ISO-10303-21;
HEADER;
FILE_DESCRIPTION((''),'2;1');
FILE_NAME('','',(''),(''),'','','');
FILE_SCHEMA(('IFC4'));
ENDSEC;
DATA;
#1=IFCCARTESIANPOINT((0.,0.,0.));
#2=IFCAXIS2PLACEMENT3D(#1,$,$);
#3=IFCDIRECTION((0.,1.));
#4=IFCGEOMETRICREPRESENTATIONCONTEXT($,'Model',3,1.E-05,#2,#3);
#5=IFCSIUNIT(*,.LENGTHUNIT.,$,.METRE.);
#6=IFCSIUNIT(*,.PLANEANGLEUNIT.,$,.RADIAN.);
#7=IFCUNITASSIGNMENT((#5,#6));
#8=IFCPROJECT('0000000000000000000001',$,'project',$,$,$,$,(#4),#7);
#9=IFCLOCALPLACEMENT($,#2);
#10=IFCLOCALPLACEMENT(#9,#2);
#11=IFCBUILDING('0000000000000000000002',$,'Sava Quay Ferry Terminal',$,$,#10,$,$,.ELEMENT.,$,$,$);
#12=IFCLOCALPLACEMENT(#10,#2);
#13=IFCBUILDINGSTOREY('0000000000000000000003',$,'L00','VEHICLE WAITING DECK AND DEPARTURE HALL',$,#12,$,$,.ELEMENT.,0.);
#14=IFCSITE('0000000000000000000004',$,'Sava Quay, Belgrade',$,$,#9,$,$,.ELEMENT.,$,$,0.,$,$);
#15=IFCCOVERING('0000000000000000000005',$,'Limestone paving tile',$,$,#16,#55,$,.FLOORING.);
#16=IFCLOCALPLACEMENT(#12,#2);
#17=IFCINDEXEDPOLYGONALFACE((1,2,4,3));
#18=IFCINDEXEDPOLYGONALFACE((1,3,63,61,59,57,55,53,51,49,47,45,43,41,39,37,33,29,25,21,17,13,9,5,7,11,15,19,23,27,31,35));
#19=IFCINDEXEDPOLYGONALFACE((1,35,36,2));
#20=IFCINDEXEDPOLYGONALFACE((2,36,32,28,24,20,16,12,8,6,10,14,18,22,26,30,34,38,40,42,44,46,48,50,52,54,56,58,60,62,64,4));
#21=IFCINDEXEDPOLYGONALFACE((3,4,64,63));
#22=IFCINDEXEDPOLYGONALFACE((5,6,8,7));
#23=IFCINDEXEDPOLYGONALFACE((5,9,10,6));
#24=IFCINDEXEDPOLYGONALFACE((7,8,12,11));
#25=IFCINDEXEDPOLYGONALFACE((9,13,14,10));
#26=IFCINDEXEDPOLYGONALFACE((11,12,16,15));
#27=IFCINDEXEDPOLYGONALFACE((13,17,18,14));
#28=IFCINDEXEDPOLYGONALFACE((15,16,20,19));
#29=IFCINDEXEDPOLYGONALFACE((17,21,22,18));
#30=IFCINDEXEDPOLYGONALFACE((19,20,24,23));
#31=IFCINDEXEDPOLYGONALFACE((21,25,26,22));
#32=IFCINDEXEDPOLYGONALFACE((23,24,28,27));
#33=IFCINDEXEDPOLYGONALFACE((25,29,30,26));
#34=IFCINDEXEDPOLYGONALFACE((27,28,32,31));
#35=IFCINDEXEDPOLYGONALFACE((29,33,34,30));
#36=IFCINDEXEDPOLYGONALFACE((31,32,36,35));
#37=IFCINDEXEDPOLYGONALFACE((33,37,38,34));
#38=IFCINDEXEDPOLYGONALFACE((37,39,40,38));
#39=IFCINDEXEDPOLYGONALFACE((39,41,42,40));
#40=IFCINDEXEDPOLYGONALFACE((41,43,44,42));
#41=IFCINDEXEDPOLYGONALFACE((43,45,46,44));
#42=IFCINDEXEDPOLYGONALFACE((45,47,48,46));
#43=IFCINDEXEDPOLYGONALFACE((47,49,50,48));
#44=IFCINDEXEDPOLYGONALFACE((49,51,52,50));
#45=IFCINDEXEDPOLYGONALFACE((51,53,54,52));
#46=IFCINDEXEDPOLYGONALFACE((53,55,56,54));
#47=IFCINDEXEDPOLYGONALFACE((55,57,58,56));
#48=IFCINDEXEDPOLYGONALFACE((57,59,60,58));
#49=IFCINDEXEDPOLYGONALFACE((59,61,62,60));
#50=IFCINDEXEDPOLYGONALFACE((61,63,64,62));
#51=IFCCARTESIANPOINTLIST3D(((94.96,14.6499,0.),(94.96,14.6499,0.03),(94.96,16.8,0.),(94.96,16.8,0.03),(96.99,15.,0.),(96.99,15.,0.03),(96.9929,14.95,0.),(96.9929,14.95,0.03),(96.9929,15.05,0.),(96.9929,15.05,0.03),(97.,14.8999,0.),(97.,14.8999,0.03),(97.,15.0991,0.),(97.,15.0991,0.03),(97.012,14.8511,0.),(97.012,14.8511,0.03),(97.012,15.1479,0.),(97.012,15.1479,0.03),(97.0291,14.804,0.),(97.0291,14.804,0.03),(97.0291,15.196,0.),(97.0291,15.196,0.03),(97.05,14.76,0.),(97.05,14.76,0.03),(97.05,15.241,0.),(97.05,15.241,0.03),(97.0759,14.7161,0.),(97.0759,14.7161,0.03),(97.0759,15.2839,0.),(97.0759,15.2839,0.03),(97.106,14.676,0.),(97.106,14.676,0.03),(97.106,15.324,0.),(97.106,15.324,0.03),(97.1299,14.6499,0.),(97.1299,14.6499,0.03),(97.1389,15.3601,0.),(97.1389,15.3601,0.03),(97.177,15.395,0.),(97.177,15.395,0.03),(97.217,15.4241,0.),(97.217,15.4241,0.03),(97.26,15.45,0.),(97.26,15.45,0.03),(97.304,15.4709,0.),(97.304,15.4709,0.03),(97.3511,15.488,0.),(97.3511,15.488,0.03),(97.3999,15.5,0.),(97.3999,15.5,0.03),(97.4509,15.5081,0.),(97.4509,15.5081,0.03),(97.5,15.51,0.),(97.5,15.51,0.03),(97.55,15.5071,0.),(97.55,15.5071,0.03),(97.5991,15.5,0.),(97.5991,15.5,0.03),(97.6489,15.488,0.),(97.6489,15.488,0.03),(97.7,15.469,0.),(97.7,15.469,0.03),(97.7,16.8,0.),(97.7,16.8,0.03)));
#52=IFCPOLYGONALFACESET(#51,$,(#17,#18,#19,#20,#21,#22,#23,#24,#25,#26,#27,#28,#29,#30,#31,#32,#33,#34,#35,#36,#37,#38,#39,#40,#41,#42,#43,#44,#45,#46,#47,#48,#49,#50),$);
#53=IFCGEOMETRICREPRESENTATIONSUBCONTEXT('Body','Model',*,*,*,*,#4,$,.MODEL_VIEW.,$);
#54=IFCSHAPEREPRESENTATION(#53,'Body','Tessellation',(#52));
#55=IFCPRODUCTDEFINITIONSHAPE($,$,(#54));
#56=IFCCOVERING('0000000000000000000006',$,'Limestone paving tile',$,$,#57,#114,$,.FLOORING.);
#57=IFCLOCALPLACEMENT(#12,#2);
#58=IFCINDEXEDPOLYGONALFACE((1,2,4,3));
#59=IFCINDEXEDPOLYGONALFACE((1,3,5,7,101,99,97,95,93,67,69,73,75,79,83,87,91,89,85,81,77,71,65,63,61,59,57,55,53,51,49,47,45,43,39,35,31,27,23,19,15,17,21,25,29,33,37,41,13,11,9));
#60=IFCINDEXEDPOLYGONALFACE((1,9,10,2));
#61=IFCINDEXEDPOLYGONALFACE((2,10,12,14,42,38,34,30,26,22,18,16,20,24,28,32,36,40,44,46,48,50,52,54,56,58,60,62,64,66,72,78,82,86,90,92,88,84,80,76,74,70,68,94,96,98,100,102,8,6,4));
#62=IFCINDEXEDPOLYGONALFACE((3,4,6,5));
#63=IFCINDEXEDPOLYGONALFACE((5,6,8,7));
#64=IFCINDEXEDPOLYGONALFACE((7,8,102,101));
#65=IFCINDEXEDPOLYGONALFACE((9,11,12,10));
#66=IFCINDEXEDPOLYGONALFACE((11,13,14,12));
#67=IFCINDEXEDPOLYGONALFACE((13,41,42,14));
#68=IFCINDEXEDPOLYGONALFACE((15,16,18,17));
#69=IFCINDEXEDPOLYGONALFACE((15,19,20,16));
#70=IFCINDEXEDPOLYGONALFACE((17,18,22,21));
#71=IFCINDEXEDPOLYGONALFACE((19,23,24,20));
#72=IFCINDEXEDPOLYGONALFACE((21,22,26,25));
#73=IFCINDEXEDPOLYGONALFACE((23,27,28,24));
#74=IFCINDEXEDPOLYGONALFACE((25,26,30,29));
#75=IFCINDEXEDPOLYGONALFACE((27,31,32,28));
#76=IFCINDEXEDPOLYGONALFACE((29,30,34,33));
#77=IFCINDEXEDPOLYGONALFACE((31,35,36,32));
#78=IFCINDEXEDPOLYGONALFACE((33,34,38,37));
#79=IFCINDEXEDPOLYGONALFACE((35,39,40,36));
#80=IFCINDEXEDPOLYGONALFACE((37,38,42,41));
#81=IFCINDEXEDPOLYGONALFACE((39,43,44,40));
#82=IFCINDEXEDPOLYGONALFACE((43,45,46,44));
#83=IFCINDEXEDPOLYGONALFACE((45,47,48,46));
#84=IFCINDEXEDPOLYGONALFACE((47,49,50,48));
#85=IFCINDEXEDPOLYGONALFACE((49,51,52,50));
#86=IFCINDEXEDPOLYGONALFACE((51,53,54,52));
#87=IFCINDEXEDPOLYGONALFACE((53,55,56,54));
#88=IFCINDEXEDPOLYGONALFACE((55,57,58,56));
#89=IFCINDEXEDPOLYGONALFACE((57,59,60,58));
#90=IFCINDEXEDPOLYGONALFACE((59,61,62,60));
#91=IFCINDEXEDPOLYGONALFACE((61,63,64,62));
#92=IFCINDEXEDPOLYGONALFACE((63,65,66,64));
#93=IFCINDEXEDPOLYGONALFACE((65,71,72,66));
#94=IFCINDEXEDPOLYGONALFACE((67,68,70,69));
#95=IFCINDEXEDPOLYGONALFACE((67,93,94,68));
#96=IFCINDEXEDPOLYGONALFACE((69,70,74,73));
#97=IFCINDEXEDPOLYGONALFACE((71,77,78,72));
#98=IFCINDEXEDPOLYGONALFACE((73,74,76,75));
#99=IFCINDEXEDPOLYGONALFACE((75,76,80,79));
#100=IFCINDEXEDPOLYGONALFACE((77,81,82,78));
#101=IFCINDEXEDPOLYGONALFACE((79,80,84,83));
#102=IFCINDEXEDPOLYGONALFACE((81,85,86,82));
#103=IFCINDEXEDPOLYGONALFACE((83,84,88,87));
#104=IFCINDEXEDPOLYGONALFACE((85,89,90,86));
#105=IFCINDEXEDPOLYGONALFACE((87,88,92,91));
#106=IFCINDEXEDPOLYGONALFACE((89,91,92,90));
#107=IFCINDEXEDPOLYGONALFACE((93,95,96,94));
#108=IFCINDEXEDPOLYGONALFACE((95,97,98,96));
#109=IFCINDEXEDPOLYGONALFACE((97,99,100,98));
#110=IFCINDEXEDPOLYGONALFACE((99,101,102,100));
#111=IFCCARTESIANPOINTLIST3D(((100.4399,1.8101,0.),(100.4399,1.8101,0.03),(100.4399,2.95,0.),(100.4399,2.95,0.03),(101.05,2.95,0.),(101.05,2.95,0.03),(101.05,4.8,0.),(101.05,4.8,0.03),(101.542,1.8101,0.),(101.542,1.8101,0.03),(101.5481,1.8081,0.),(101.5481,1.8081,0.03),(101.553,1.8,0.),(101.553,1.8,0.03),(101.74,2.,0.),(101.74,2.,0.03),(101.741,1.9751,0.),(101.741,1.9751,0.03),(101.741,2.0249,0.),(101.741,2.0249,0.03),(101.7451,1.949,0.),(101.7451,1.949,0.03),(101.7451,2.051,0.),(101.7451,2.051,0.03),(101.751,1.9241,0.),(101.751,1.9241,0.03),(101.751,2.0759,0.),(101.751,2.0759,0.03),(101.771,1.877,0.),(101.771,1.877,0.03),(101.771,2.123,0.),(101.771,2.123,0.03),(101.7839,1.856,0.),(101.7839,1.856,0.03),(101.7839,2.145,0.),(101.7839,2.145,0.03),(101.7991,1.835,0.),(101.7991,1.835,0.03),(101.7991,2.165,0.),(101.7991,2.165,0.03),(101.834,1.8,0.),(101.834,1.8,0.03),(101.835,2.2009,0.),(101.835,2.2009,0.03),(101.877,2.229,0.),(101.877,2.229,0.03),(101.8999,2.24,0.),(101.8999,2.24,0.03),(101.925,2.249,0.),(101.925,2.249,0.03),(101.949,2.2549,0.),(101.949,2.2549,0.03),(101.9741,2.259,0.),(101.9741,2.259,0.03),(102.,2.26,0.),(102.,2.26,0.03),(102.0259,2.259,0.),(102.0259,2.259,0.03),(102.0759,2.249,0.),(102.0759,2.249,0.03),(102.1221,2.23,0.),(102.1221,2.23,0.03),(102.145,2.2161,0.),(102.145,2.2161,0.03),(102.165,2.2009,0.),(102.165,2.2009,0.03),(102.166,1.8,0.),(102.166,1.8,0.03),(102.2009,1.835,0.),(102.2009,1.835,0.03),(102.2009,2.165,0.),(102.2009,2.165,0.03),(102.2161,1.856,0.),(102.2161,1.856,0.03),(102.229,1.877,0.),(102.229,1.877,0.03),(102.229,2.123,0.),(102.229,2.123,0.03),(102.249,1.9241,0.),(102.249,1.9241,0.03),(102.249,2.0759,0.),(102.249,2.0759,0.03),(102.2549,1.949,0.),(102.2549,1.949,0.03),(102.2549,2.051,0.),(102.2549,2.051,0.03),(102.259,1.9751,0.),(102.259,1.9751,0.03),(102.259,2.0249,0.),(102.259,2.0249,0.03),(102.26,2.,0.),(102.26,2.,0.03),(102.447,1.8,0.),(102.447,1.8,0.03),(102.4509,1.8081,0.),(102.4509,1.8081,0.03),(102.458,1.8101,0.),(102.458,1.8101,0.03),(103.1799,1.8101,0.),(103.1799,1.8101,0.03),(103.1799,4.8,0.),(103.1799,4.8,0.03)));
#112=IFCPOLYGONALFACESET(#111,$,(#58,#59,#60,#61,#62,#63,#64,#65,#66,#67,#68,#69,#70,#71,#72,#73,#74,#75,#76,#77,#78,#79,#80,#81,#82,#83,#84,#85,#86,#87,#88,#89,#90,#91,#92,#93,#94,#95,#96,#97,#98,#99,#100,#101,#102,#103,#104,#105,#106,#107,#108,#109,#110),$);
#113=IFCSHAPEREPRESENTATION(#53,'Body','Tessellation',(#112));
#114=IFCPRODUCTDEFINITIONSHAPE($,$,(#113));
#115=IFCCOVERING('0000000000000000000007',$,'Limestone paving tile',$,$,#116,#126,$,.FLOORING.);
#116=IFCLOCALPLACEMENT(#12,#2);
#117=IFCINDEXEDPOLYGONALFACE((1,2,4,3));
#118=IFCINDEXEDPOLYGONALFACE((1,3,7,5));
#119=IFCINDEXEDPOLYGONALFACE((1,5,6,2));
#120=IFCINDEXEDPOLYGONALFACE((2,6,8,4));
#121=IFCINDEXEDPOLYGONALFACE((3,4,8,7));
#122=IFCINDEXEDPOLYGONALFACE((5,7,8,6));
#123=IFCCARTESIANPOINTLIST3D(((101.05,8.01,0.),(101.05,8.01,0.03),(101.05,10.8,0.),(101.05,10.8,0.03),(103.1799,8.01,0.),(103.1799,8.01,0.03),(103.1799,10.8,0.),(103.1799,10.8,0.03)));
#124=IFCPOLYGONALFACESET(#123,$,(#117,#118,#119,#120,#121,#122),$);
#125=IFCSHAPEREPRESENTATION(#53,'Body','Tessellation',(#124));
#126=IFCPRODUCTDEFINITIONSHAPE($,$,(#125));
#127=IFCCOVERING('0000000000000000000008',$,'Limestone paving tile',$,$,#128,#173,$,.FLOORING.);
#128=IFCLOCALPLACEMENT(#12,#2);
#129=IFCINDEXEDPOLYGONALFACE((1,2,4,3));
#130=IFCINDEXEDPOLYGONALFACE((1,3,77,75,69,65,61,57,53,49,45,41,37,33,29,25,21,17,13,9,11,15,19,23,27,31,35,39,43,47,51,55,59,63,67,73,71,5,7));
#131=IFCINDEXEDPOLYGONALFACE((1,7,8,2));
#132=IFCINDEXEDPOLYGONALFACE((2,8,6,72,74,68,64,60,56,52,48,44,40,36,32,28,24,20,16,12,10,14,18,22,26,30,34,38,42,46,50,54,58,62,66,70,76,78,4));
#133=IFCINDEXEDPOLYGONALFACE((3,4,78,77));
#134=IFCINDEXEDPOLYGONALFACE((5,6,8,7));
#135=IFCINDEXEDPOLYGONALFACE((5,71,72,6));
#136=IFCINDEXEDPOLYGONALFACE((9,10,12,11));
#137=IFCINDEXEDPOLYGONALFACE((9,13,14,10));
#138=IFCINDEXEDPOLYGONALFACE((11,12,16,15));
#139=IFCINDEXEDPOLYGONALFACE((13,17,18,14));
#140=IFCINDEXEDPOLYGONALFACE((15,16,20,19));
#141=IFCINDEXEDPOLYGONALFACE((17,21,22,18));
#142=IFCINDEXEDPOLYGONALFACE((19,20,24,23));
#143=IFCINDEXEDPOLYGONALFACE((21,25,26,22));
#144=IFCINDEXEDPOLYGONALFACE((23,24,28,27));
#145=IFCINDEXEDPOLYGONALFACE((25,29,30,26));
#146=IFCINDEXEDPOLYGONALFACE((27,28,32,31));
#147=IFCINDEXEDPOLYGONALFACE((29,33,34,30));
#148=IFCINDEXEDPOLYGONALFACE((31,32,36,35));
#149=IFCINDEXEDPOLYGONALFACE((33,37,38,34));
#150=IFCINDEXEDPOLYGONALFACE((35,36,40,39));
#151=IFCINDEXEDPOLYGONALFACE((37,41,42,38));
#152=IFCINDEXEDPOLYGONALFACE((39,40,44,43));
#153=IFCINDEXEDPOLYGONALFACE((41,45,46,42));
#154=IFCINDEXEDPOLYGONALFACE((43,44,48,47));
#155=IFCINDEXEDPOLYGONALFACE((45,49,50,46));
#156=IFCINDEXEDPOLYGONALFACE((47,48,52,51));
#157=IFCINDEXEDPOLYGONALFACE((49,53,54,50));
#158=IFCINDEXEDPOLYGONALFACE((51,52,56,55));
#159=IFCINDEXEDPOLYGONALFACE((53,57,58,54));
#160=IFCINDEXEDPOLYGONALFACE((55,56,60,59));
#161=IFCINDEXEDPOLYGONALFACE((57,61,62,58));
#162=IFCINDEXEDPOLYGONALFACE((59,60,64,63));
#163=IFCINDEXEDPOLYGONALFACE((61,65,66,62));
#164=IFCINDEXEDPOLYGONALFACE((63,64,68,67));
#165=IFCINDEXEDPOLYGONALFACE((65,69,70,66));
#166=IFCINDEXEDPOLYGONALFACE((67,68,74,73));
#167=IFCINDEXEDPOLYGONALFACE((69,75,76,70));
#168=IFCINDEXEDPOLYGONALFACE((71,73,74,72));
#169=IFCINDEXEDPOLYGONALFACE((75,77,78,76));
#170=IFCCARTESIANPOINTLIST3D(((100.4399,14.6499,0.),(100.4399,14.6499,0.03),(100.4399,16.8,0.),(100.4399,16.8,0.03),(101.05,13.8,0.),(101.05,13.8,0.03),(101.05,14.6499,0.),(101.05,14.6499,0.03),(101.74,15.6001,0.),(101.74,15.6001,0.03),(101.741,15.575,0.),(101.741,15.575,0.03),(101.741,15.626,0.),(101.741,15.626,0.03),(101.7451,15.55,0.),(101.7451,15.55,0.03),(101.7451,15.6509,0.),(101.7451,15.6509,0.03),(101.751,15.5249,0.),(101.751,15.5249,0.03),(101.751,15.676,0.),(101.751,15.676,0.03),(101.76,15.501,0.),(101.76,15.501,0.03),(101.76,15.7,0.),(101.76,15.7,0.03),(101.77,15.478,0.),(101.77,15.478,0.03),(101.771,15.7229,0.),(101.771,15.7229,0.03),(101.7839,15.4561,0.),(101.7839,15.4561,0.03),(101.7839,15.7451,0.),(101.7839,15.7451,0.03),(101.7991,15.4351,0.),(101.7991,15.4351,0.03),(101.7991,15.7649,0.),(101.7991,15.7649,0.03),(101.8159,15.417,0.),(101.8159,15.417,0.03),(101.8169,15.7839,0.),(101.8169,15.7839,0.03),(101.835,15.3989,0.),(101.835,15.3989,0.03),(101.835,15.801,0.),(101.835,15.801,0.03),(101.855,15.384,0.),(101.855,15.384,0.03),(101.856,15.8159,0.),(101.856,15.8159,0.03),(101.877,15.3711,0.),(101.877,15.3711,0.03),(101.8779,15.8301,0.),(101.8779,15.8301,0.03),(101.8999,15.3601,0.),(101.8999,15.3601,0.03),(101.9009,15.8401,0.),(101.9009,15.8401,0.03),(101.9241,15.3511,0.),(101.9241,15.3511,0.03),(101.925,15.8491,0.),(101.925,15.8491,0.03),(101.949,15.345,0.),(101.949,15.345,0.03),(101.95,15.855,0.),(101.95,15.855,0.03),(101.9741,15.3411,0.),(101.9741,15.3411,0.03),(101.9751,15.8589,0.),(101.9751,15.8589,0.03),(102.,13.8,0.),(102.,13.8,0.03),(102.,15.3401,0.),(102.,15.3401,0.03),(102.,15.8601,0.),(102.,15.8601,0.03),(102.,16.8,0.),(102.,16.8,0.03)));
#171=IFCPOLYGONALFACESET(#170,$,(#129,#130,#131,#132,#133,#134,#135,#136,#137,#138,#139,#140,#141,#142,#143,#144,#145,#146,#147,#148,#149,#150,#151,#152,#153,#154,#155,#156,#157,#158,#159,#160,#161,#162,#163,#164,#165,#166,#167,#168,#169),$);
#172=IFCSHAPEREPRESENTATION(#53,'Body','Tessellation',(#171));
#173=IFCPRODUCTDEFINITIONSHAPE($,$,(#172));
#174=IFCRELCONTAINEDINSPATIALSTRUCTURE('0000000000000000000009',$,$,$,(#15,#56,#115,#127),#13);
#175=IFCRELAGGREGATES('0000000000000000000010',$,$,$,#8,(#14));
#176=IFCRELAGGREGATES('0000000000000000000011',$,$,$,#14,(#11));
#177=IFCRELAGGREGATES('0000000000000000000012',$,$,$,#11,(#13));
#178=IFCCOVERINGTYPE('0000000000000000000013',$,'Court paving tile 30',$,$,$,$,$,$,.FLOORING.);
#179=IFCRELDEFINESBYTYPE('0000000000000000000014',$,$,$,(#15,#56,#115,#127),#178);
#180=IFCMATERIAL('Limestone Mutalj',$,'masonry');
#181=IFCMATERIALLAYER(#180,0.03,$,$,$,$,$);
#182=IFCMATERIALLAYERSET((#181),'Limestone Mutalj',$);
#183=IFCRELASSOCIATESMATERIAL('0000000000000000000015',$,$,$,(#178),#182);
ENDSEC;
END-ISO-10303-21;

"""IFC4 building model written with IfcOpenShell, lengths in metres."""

from ifc_helpers import new_model, si_unit, direction, origin, place, context, subcontext, project, spatial, polyline, outline, extrude, material, layer, layer_set, type_object, element, save


model = new_model("IFC4")

# Units and contexts
model_context = context("Model", 3, precision=1e-05, world=origin(), true_north=direction((0.0, 1.0)))
body_context = subcontext(model_context, "Body", "Model", "MODEL_VIEW")
ifc_project = project(units=[si_unit("LENGTHUNIT", "METRE"), si_unit("PLANEANGLEUNIT", "RADIAN")], contexts=[model_context])

# Site, building, storey
site_placement = place(None, origin())
site = spatial("IfcSite", under=ifc_project, at=site_placement, Name="Sava Quay, Belgrade", CompositionType="ELEMENT", RefElevation=0.0)
building_placement = place(site_placement, origin())
building = spatial("IfcBuilding", under=site, at=building_placement, Name="Sava Quay Ferry Terminal", CompositionType="ELEMENT")
storey_placement = place(building_placement, origin())
storey = spatial("IfcBuildingStorey", under=building, at=storey_placement, Name="L00", Description="VEHICLE WAITING DECK AND DEPARTURE HALL", CompositionType="ELEMENT", Elevation=0.0)

# Coverings
ifc_material_1 = material(Name="Limestone Mutalj", Category="masonry")
ifc_layer_1 = layer(ifc_material_1, 0.03)
ifc_layer_set_1 = layer_set([ifc_layer_1], Name="Limestone Mutalj")
covering_type_1 = type_object("IfcCoveringType", Name="Court paving tile 30", PredefinedType="FLOORING", material=ifc_layer_set_1)
covering_1_placement = place(storey_placement, origin())
element("IfcCovering", 1, at=covering_1_placement, inside=storey, type_object=covering_type_1, Name="Limestone paving tile", PredefinedType="FLOORING", context=body_context, shape_type="SweptSolid", body=[
    extrude(outline(polyline([(94.96, 16.8), (94.96, 14.6499), (97.1299, 14.6499), (97.106, 14.676), (97.0759, 14.7161), (97.05, 14.76), (97.0291, 14.804), (97.012, 14.8511), (97.0, 14.8999), (96.9929, 14.95), (96.99, 15.0), (96.9929, 15.05), (97.0, 15.0991), (97.012, 15.1479), (97.0291, 15.196), (97.05, 15.241), (97.0759, 15.2839), (97.106, 15.324), (97.1389, 15.3601), (97.177, 15.395), (97.217, 15.4241), (97.26, 15.45), (97.304, 15.4709), (97.3511, 15.488), (97.3999, 15.5), (97.4509, 15.5081), (97.5, 15.51), (97.55, 15.5071), (97.5991, 15.5), (97.6489, 15.488), (97.7, 15.469), (97.7, 16.8), (94.96, 16.8)])), origin(), (0.0, 0.0, 1.0), 0.03),
])
covering_2_placement = place(storey_placement, origin())
element("IfcCovering", 2, at=covering_2_placement, inside=storey, type_object=covering_type_1, Name="Limestone paving tile", PredefinedType="FLOORING", context=body_context, shape_type="SweptSolid", body=[
    extrude(outline(polyline([(103.1799, 1.8101), (103.1799, 4.8), (101.05, 4.8), (101.05, 2.95), (100.4399, 2.95), (100.4399, 1.8101), (101.542, 1.8101), (101.5481, 1.8081), (101.553, 1.8), (101.834, 1.8), (101.7991, 1.835), (101.7839, 1.856), (101.771, 1.877), (101.751, 1.9241), (101.7451, 1.949), (101.741, 1.9751), (101.74, 2.0), (101.741, 2.0249), (101.7451, 2.051), (101.751, 2.0759), (101.771, 2.123), (101.7839, 2.145), (101.7991, 2.165), (101.835, 2.2009), (101.877, 2.229), (101.8999, 2.24), (101.925, 2.249), (101.949, 2.2549), (101.9741, 2.259), (102.0, 2.26), (102.0259, 2.259), (102.0759, 2.249), (102.1221, 2.23), (102.145, 2.2161), (102.165, 2.2009), (102.2009, 2.165), (102.229, 2.123), (102.249, 2.0759), (102.2549, 2.051), (102.259, 2.0249), (102.26, 2.0), (102.259, 1.9751), (102.2549, 1.949), (102.249, 1.9241), (102.229, 1.877), (102.2161, 1.856), (102.2009, 1.835), (102.166, 1.8), (102.447, 1.8), (102.4509, 1.8081), (102.458, 1.8101), (103.1799, 1.8101)])), origin(), (0.0, 0.0, 1.0), 0.03),
])
covering_3_placement = place(storey_placement, origin())
element("IfcCovering", 3, at=covering_3_placement, inside=storey, type_object=covering_type_1, Name="Limestone paving tile", PredefinedType="FLOORING", context=body_context, shape_type="SweptSolid", body=[
    extrude(outline(polyline([(103.1799, 8.01), (103.1799, 10.8), (101.05, 10.8), (101.05, 8.01), (103.1799, 8.01)])), origin(), (0.0, 0.0, 1.0), 0.03),
])
covering_4_placement = place(storey_placement, origin())
element("IfcCovering", 4, at=covering_4_placement, inside=storey, type_object=covering_type_1, Name="Limestone paving tile", PredefinedType="FLOORING", context=body_context, shape_type="SweptSolid", body=[
    extrude(outline(polyline([(102.0, 15.8601), (102.0, 16.8), (100.4399, 16.8), (100.4399, 14.6499), (101.05, 14.6499), (101.05, 13.8), (102.0, 13.8), (102.0, 15.3401), (101.9741, 15.3411), (101.949, 15.345), (101.9241, 15.3511), (101.8999, 15.3601), (101.877, 15.3711), (101.855, 15.384), (101.835, 15.3989), (101.8159, 15.417), (101.7991, 15.4351), (101.7839, 15.4561), (101.77, 15.478), (101.76, 15.501), (101.751, 15.5249), (101.7451, 15.55), (101.741, 15.575), (101.74, 15.6001), (101.741, 15.626), (101.7451, 15.6509), (101.751, 15.676), (101.76, 15.7), (101.771, 15.7229), (101.7839, 15.7451), (101.7991, 15.7649), (101.8169, 15.7839), (101.835, 15.801), (101.856, 15.8159), (101.8779, 15.8301), (101.9009, 15.8401), (101.925, 15.8491), (101.95, 15.855), (101.9751, 15.8589), (102.0, 15.8601)])), origin(), (0.0, 0.0, 1.0), 0.03),
])

save(model, "model.ifc")
